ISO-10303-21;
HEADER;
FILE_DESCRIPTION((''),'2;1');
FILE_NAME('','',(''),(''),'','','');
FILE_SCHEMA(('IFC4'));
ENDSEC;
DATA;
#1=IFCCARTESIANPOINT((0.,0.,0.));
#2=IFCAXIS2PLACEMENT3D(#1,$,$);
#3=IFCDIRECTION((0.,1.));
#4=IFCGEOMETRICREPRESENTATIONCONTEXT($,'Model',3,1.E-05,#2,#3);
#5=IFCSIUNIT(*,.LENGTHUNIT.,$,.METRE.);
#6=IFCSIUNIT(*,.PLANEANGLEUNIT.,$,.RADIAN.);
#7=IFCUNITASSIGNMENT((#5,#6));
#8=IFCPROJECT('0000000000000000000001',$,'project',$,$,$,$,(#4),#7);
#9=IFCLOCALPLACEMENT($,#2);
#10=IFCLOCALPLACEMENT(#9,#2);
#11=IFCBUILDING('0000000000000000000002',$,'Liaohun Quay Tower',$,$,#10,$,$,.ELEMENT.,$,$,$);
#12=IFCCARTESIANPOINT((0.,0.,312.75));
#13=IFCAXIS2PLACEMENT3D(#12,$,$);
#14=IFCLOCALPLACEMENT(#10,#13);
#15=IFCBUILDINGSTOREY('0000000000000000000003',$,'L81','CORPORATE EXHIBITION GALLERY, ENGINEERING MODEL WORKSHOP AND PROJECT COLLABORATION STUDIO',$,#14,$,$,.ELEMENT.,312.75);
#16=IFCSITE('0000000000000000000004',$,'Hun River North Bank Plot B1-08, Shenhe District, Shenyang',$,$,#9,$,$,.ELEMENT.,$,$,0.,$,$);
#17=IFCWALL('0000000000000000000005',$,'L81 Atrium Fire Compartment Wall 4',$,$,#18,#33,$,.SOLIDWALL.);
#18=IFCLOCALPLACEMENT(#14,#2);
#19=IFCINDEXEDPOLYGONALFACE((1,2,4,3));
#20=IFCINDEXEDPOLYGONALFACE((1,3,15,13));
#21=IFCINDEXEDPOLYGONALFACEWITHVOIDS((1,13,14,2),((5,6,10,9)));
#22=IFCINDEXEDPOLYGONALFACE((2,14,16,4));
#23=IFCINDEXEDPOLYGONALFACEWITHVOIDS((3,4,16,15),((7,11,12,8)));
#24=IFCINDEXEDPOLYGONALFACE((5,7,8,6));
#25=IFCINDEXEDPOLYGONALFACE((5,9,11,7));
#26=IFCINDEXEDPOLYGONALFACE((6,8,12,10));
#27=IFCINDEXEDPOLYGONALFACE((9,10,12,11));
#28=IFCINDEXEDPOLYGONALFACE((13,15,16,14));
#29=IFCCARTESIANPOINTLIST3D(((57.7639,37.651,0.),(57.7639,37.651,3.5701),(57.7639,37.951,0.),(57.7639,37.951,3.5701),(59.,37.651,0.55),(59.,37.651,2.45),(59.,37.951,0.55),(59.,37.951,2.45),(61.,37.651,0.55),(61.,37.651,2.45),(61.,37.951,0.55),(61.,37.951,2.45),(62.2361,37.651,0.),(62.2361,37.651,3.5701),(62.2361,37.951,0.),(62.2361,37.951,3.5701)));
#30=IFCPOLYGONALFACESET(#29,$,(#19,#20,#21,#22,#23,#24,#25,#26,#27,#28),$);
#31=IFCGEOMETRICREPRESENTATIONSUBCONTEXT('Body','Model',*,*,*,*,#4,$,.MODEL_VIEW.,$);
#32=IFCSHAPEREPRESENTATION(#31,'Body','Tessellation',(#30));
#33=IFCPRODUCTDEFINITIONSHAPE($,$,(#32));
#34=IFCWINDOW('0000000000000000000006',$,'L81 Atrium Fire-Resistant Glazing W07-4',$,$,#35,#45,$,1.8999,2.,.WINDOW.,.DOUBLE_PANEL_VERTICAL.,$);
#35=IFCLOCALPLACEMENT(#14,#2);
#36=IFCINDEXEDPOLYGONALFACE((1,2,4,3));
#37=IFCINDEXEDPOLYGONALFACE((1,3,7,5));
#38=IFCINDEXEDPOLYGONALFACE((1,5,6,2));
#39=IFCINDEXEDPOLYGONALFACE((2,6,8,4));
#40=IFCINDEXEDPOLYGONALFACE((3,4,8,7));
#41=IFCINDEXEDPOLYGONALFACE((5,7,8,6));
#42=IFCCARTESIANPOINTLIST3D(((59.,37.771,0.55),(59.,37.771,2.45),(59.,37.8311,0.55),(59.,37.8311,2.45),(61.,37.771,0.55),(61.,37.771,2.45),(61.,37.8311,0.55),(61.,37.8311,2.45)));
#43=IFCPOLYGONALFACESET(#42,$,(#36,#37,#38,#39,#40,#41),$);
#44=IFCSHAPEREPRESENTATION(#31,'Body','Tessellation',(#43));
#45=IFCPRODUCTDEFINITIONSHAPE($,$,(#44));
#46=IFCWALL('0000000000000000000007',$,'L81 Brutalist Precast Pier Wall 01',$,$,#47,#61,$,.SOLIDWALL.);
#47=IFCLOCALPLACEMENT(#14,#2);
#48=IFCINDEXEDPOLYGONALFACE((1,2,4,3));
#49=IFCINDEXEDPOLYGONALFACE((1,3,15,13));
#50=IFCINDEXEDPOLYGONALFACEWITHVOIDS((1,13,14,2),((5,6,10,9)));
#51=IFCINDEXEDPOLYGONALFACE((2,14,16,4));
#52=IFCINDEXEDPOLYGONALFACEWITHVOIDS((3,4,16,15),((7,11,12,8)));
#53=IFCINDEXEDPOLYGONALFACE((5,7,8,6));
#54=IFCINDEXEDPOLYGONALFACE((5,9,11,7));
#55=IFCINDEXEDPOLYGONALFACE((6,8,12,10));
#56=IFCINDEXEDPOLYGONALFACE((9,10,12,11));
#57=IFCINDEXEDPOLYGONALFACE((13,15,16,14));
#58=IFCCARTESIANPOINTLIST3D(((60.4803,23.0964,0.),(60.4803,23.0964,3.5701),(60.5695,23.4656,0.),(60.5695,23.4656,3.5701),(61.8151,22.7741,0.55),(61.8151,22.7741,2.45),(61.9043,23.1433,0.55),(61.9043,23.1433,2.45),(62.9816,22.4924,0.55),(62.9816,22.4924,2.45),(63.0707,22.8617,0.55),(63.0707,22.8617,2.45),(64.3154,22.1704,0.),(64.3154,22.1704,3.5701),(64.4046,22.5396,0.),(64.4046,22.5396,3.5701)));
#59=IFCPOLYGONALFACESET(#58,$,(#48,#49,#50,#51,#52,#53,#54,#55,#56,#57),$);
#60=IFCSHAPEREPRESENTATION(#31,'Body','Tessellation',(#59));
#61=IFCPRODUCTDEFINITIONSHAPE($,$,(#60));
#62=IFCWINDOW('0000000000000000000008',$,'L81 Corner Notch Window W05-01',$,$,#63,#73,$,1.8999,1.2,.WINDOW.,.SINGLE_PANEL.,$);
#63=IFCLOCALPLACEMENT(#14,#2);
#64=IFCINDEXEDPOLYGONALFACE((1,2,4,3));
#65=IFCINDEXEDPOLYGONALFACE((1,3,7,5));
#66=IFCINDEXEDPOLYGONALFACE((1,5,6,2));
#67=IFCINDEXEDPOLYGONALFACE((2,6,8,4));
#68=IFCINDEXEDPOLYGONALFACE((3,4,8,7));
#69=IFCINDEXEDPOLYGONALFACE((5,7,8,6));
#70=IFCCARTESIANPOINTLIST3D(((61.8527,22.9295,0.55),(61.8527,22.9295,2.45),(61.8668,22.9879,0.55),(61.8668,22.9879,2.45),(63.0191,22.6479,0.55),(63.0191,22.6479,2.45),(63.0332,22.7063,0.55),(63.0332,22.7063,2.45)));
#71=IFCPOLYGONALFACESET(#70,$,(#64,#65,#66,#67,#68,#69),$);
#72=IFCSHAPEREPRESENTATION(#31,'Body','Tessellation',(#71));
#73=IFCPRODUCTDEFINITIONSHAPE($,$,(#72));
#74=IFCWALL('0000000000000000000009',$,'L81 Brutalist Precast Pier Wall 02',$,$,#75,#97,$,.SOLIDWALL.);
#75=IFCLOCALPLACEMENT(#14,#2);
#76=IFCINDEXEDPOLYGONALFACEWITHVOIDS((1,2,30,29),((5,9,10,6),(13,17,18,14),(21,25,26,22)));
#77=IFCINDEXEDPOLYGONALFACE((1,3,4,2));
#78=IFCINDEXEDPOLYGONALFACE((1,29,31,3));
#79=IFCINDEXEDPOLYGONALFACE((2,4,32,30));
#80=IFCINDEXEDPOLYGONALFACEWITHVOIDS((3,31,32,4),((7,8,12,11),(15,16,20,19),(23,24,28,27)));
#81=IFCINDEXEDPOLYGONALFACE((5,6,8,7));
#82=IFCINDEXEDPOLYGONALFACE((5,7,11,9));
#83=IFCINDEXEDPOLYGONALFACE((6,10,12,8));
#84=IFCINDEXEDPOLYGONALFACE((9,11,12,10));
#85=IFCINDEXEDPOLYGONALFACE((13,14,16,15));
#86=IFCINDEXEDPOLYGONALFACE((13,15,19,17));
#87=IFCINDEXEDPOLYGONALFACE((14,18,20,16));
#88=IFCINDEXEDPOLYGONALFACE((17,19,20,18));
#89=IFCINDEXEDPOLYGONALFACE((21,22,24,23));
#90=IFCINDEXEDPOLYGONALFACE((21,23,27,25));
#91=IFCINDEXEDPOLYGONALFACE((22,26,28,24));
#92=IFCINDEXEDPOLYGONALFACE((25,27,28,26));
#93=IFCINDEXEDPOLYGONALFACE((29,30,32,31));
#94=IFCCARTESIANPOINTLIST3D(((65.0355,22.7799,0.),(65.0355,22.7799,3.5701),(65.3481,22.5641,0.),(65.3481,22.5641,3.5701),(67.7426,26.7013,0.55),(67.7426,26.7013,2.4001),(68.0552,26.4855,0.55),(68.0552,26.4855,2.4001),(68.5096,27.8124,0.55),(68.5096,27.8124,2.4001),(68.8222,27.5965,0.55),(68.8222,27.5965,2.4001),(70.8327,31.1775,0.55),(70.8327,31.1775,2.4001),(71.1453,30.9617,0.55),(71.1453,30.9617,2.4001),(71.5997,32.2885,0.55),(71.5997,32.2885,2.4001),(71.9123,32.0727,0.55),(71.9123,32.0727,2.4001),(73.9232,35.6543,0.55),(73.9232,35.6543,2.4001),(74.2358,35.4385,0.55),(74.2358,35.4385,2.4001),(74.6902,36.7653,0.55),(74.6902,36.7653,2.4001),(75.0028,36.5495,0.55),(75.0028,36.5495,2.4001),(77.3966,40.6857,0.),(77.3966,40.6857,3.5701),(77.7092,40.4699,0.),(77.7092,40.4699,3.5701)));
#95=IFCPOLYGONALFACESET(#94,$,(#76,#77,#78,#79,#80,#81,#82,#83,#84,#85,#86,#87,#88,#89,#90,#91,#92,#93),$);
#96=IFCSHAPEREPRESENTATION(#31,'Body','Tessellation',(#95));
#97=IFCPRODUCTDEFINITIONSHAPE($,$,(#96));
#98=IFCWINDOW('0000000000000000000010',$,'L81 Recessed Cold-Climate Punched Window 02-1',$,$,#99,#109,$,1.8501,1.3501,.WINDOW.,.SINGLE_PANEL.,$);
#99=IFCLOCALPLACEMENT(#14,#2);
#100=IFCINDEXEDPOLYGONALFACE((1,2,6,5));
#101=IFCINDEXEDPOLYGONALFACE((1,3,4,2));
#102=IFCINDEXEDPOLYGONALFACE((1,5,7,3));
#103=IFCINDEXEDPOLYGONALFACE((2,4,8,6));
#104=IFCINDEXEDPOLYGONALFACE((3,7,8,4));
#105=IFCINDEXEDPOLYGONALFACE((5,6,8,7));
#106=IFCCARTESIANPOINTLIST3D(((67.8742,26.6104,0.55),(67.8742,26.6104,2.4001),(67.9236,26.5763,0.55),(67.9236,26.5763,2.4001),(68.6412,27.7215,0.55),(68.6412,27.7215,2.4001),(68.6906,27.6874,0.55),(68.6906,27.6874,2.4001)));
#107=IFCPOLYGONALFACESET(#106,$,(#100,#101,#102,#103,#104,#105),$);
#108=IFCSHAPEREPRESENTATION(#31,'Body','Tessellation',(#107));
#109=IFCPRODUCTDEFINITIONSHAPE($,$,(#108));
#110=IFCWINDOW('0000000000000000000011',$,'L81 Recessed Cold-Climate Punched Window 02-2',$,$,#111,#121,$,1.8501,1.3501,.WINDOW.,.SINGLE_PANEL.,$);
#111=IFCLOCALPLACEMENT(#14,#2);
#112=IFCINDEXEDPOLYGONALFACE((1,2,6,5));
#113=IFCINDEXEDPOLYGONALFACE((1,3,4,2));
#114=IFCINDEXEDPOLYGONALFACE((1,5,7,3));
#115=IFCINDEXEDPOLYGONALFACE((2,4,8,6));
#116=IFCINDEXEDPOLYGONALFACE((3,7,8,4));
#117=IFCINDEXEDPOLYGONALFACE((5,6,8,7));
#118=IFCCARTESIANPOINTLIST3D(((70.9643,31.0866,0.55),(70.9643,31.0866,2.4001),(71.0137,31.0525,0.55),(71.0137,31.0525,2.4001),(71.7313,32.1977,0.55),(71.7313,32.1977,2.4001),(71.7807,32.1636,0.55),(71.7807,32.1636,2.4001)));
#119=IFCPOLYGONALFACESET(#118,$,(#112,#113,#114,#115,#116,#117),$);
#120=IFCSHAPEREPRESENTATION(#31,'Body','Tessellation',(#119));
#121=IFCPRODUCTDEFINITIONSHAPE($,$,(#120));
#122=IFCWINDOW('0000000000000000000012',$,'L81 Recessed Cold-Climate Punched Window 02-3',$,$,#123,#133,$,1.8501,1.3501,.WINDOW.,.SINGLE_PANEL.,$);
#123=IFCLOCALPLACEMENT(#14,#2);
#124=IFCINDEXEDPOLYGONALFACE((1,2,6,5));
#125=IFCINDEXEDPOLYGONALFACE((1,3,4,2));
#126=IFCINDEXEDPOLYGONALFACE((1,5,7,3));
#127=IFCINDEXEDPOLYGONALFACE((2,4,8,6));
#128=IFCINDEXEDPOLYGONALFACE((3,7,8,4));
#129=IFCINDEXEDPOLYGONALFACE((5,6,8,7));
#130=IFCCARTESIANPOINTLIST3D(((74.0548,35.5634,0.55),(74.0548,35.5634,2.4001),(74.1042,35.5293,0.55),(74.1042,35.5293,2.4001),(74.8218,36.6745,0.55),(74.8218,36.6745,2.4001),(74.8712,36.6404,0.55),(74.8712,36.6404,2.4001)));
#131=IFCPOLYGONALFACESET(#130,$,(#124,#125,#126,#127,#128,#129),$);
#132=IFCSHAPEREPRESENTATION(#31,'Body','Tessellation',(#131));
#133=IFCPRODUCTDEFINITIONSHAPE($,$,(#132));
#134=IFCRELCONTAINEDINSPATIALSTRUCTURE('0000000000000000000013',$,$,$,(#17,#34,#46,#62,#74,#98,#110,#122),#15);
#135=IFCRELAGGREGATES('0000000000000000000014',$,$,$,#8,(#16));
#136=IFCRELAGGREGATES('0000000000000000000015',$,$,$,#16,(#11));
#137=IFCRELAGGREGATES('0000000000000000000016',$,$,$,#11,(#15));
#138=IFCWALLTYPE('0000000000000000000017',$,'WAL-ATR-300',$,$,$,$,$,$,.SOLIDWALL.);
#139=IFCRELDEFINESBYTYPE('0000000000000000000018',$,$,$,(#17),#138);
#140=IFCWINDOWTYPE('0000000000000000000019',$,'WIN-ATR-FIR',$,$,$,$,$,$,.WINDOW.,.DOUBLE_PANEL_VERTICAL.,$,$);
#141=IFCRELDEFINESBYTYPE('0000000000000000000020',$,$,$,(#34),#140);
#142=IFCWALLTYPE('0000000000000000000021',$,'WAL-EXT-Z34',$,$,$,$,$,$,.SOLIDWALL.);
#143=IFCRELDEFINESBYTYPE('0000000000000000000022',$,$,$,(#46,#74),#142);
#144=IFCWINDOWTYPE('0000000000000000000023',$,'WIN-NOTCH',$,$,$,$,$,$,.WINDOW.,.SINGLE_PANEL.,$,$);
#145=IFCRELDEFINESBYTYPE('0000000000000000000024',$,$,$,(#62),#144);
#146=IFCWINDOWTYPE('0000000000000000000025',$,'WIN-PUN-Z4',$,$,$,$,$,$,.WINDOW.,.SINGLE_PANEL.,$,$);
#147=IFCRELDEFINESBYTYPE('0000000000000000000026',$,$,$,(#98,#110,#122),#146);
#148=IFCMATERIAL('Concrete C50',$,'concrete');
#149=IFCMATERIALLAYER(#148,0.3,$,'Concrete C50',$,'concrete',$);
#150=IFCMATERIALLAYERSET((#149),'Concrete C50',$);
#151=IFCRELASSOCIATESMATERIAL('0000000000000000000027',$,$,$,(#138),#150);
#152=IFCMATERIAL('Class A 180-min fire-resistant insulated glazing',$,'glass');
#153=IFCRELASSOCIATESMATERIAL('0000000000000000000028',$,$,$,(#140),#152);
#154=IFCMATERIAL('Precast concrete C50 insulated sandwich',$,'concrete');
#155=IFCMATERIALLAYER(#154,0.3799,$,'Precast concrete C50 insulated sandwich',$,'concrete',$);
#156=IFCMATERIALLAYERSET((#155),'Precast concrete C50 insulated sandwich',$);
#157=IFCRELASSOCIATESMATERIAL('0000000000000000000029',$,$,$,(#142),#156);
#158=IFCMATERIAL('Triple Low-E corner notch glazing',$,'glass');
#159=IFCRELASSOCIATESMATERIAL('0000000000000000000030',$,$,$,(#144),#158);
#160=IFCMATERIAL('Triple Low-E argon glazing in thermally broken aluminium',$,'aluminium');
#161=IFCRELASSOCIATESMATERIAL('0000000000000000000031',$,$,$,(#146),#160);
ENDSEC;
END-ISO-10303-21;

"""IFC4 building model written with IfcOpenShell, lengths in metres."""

from ifc_helpers import new_model, si_unit, direction, frame, frame_2d, origin, place, context, subcontext, project, spatial, rectangle, extrude, source, transform, mapped, material, layer, layer_set, type_object, element, fill, save


model = new_model("IFC4")

# Units and contexts
model_context = context("Model", 3, precision=1e-05, world=origin(), true_north=direction((0.0, 1.0)))
body_context = subcontext(model_context, "Body", "Model", "MODEL_VIEW")
ifc_project = project(units=[si_unit("LENGTHUNIT", "METRE"), si_unit("PLANEANGLEUNIT", "RADIAN")], contexts=[model_context])

# Site, building, storey
site_placement = place(None, origin())
site = spatial("IfcSite", under=ifc_project, at=site_placement, Name="Hun River North Bank Plot B1-08, Shenhe District, Shenyang", CompositionType="ELEMENT", RefElevation=0.0)
building_placement = place(site_placement, origin())
building = spatial("IfcBuilding", under=site, at=building_placement, Name="Liaohun Quay Tower", CompositionType="ELEMENT")
storey_placement = place(building_placement, frame((0.0, 0.0, 312.75)))
storey = spatial("IfcBuildingStorey", under=building, at=storey_placement, Name="L81", Description="CORPORATE EXHIBITION GALLERY, ENGINEERING MODEL WORKSHOP AND PROJECT COLLABORATION STUDIO", CompositionType="ELEMENT", Elevation=312.75)

# Shared definitions
ifc_material_1 = material(Name="Concrete C50", Category="concrete")

# Walls, openings, windows
ifc_layer_1 = layer(ifc_material_1, 0.3, Name="Concrete C50", Category="concrete")
ifc_layer_set_1 = layer_set([ifc_layer_1], Name="Concrete C50")
wall_type_1 = type_object("IfcWallType", Name="WAL-ATR-300", PredefinedType="SOLIDWALL", material=ifc_layer_set_1)
shared_shape_1 = source(origin(), body_context, "Body", "SweptSolid", [
    extrude(rectangle(XDim=2.0, YDim=1.8999, at=frame_2d((1.0, 0.95))), frame((0.0, 0.1599, 0.0), z_axis=(0.0, -1.0, 0.0), x_axis=(1.0, 0.0, 0.0)), (0.0, 0.0, 1.0), 0.3201),
])
ifc_material_2 = material(Name="Class A 180-min fire-resistant insulated glazing", Category="glass")
window_type_1 = type_object("IfcWindowType", Name="WIN-ATR-FIR", PartitioningType="DOUBLE_PANEL_VERTICAL", PredefinedType="WINDOW", material=ifc_material_2)
shared_shape_2 = source(origin(), body_context, "Body", "SweptSolid", [
    extrude(rectangle(XDim=2.0, YDim=1.8999, at=frame_2d((1.0, 0.95))), frame((0.0, 0.03, 0.0), z_axis=(0.0, -1.0, 0.0), x_axis=(1.0, 0.0, 0.0)), (0.0, 0.0, 1.0), 0.0601),
])
wall_1_placement = place(storey_placement, frame((62.2361, 37.801, 0.0), z_axis=(0.0, 0.0, 1.0), x_axis=(-1.0, 0.0, 0.0)))
wall_1 = element("IfcWall", 1, at=wall_1_placement, inside=storey, type_object=wall_type_1, Name="L81 Atrium Fire Compartment Wall 4", PredefinedType="SOLIDWALL", context=body_context, shape_type="SweptSolid", body=[
    extrude(rectangle(XDim=4.4722, YDim=0.3, at=frame_2d((2.2361, 0.0))), origin(), (0.0, 0.0, 1.0), 3.5701),
])
opening_1_placement = place(wall_1_placement, frame((1.2361, 0.0, 0.55)))
opening_1 = element("IfcOpeningElement", 2, at=opening_1_placement, cuts=wall_1, PredefinedType="OPENING", context=body_context, shape_type="MappedRepresentation", body=[
    mapped(shared_shape_1, transform((0.0, 0.0, 0.0), x_axis=(1.0, 0.0, 0.0), y_axis=(0.0, 1.0, 0.0), z_axis=(0.0, 0.0, 1.0), scale=1.0)),
])
window_1_placement = place(opening_1_placement, origin())
window_1 = element("IfcWindow", 3, at=window_1_placement, inside=storey, type_object=window_type_1, Name="L81 Atrium Fire-Resistant Glazing W07-4", OverallHeight=1.8999, OverallWidth=2.0, PartitioningType="DOUBLE_PANEL_VERTICAL", PredefinedType="WINDOW", context=body_context, shape_type="MappedRepresentation", body=[
    mapped(shared_shape_2, transform((0.0, 0.0, 0.0), x_axis=(1.0, 0.0, 0.0), y_axis=(0.0, 1.0, 0.0), z_axis=(0.0, 0.0, 1.0), scale=1.0)),
])
fill(opening_1, window_1)
ifc_material_3 = material(Name="Precast concrete C50 insulated sandwich", Category="concrete")
ifc_layer_2 = layer(ifc_material_3, 0.3799, Name="Precast concrete C50 insulated sandwich", Category="concrete")
ifc_layer_set_2 = layer_set([ifc_layer_2], Name="Precast concrete C50 insulated sandwich")
wall_type_2 = type_object("IfcWallType", Name="WAL-EXT-Z34", PredefinedType="SOLIDWALL", material=ifc_layer_set_2)
wall_2_placement = place(storey_placement, frame((60.5249, 23.281, 0.0), z_axis=(0.0, 0.0, 1.0), x_axis=(0.972066, -0.234709, 0.0)))
wall_2 = element("IfcWall", 4, at=wall_2_placement, inside=storey, type_object=wall_type_2, Name="L81 Brutalist Precast Pier Wall 01", PredefinedType="SOLIDWALL", context=body_context, shape_type="SweptSolid", body=[
    extrude(rectangle(XDim=3.9453, YDim=0.3799, at=frame_2d((1.9727, 0.0))), origin(), (0.0, 0.0, 1.0), 3.5701),
])
shared_shape_3 = source(origin(), body_context, "Body", "SweptSolid", [
    extrude(rectangle(XDim=1.2, YDim=1.8999, at=frame_2d((0.6001, 0.95))), frame((0.0, 0.2, 0.0), z_axis=(0.0, -1.0, 0.0), x_axis=(1.0, 0.0, 0.0)), (0.0, 0.0, 1.0), 0.3999),
])
opening_2_placement = place(wall_2_placement, frame((1.373, 0.0, 0.55)))
opening_2 = element("IfcOpeningElement", 5, at=opening_2_placement, cuts=wall_2, PredefinedType="OPENING", context=body_context, shape_type="MappedRepresentation", body=[
    mapped(shared_shape_3, transform((0.0, 0.0, 0.0), x_axis=(1.0, 0.0, 0.0), y_axis=(0.0, 1.0, 0.0), z_axis=(0.0, 0.0, 1.0), scale=1.0)),
])
ifc_material_4 = material(Name="Triple Low-E corner notch glazing", Category="glass")
window_type_2 = type_object("IfcWindowType", Name="WIN-NOTCH", PartitioningType="SINGLE_PANEL", PredefinedType="WINDOW", material=ifc_material_4)
shared_shape_4 = source(origin(), body_context, "Body", "SweptSolid", [
    extrude(rectangle(XDim=1.2, YDim=1.8999, at=frame_2d((0.6001, 0.95))), frame((0.0, 0.03, 0.0), z_axis=(0.0, -1.0, 0.0), x_axis=(1.0, 0.0, 0.0)), (0.0, 0.0, 1.0), 0.0601),
])
window_2_placement = place(opening_2_placement, origin())
window_2 = element("IfcWindow", 6, at=window_2_placement, inside=storey, type_object=window_type_2, Name="L81 Corner Notch Window W05-01", OverallHeight=1.8999, OverallWidth=1.2, PartitioningType="SINGLE_PANEL", PredefinedType="WINDOW", context=body_context, shape_type="MappedRepresentation", body=[
    mapped(shared_shape_4, transform((0.0, 0.0, 0.0), x_axis=(1.0, 0.0, 0.0), y_axis=(0.0, 1.0, 0.0), z_axis=(0.0, 0.0, 1.0), scale=1.0)),
])
fill(opening_2, window_2)

# Wall, openings, windows
wall_3_placement = place(storey_placement, frame((65.1919, 22.6721, 0.0), z_axis=(0.0, 0.0, 1.0), x_axis=(0.568115, 0.822949, 0.0)))
wall_3 = element("IfcWall", 7, at=wall_3_placement, inside=storey, type_object=wall_type_2, Name="L81 Brutalist Precast Pier Wall 02", PredefinedType="SOLIDWALL", context=body_context, shape_type="SweptSolid", body=[
    extrude(rectangle(XDim=21.7581, YDim=0.3799, at=frame_2d((10.8789, 0.0))), origin(), (0.0, 0.0, 1.0), 3.5701),
])
shared_shape_5 = source(origin(), body_context, "Body", "SweptSolid", [
    extrude(rectangle(XDim=1.3501, YDim=1.8501, at=frame_2d((0.675, 0.925))), frame((0.0, 0.2, 0.0), z_axis=(0.0, -1.0, 0.0), x_axis=(1.0, 0.0, 0.0)), (0.0, 0.0, 1.0), 0.3999),
])
opening_3_placement = place(wall_3_placement, frame((4.7649, 0.0, 0.55)))
opening_3 = element("IfcOpeningElement", 8, at=opening_3_placement, cuts=wall_3, PredefinedType="OPENING", context=body_context, shape_type="MappedRepresentation", body=[
    mapped(shared_shape_5, transform((0.0, 0.0, 0.0), x_axis=(1.0, 0.0, 0.0), y_axis=(0.0, 1.0, 0.0), z_axis=(0.0, 0.0, 1.0), scale=1.0)),
])
opening_4_placement = place(wall_3_placement, frame((10.2041, 0.0, 0.55)))
opening_4 = element("IfcOpeningElement", 9, at=opening_4_placement, cuts=wall_3, PredefinedType="OPENING", context=body_context, shape_type="MappedRepresentation", body=[
    mapped(shared_shape_5, transform((0.0, 0.0, 0.0), x_axis=(1.0, 0.0, 0.0), y_axis=(0.0, 1.0, 0.0), z_axis=(0.0, 0.0, 1.0), scale=1.0)),
])
opening_5_placement = place(wall_3_placement, frame((15.644, 0.0, 0.55)))
opening_5 = element("IfcOpeningElement", 10, at=opening_5_placement, cuts=wall_3, PredefinedType="OPENING", context=body_context, shape_type="MappedRepresentation", body=[
    mapped(shared_shape_5, transform((0.0, 0.0, 0.0), x_axis=(1.0, 0.0, 0.0), y_axis=(0.0, 1.0, 0.0), z_axis=(0.0, 0.0, 1.0), scale=1.0)),
])
ifc_material_5 = material(Name="Triple Low-E argon glazing in thermally broken aluminium", Category="aluminium")
window_type_3 = type_object("IfcWindowType", Name="WIN-PUN-Z4", PartitioningType="SINGLE_PANEL", PredefinedType="WINDOW", material=ifc_material_5)
shared_shape_6 = source(origin(), body_context, "Body", "SweptSolid", [
    extrude(rectangle(XDim=1.3501, YDim=1.8501, at=frame_2d((0.675, 0.925))), frame((0.0, 0.03, 0.0), z_axis=(0.0, -1.0, 0.0), x_axis=(1.0, 0.0, 0.0)), (0.0, 0.0, 1.0), 0.0601),
])
window_3_placement = place(opening_3_placement, origin())
window_3 = element("IfcWindow", 11, at=window_3_placement, inside=storey, type_object=window_type_3, Name="L81 Recessed Cold-Climate Punched Window 02-1", OverallHeight=1.8501, OverallWidth=1.3501, PartitioningType="SINGLE_PANEL", PredefinedType="WINDOW", context=body_context, shape_type="MappedRepresentation", body=[
    mapped(shared_shape_6, transform((0.0, 0.0, 0.0), x_axis=(1.0, 0.0, 0.0), y_axis=(0.0, 1.0, 0.0), z_axis=(0.0, 0.0, 1.0), scale=1.0)),
])
fill(opening_3, window_3)
window_4_placement = place(opening_4_placement, origin())
window_4 = element("IfcWindow", 12, at=window_4_placement, inside=storey, type_object=window_type_3, Name="L81 Recessed Cold-Climate Punched Window 02-2", OverallHeight=1.8501, OverallWidth=1.3501, PartitioningType="SINGLE_PANEL", PredefinedType="WINDOW", context=body_context, shape_type="MappedRepresentation", body=[
    mapped(shared_shape_6, transform((0.0, 0.0, 0.0), x_axis=(1.0, 0.0, 0.0), y_axis=(0.0, 1.0, 0.0), z_axis=(0.0, 0.0, 1.0), scale=1.0)),
])
fill(opening_4, window_4)
window_5_placement = place(opening_5_placement, origin())
window_5 = element("IfcWindow", 13, at=window_5_placement, inside=storey, type_object=window_type_3, Name="L81 Recessed Cold-Climate Punched Window 02-3", OverallHeight=1.8501, OverallWidth=1.3501, PartitioningType="SINGLE_PANEL", PredefinedType="WINDOW", context=body_context, shape_type="MappedRepresentation", body=[
    mapped(shared_shape_6, transform((0.0, 0.0, 0.0), x_axis=(1.0, 0.0, 0.0), y_axis=(0.0, 1.0, 0.0), z_axis=(0.0, 0.0, 1.0), scale=1.0)),
])
fill(opening_5, window_5)

save(model, "model.ifc")
